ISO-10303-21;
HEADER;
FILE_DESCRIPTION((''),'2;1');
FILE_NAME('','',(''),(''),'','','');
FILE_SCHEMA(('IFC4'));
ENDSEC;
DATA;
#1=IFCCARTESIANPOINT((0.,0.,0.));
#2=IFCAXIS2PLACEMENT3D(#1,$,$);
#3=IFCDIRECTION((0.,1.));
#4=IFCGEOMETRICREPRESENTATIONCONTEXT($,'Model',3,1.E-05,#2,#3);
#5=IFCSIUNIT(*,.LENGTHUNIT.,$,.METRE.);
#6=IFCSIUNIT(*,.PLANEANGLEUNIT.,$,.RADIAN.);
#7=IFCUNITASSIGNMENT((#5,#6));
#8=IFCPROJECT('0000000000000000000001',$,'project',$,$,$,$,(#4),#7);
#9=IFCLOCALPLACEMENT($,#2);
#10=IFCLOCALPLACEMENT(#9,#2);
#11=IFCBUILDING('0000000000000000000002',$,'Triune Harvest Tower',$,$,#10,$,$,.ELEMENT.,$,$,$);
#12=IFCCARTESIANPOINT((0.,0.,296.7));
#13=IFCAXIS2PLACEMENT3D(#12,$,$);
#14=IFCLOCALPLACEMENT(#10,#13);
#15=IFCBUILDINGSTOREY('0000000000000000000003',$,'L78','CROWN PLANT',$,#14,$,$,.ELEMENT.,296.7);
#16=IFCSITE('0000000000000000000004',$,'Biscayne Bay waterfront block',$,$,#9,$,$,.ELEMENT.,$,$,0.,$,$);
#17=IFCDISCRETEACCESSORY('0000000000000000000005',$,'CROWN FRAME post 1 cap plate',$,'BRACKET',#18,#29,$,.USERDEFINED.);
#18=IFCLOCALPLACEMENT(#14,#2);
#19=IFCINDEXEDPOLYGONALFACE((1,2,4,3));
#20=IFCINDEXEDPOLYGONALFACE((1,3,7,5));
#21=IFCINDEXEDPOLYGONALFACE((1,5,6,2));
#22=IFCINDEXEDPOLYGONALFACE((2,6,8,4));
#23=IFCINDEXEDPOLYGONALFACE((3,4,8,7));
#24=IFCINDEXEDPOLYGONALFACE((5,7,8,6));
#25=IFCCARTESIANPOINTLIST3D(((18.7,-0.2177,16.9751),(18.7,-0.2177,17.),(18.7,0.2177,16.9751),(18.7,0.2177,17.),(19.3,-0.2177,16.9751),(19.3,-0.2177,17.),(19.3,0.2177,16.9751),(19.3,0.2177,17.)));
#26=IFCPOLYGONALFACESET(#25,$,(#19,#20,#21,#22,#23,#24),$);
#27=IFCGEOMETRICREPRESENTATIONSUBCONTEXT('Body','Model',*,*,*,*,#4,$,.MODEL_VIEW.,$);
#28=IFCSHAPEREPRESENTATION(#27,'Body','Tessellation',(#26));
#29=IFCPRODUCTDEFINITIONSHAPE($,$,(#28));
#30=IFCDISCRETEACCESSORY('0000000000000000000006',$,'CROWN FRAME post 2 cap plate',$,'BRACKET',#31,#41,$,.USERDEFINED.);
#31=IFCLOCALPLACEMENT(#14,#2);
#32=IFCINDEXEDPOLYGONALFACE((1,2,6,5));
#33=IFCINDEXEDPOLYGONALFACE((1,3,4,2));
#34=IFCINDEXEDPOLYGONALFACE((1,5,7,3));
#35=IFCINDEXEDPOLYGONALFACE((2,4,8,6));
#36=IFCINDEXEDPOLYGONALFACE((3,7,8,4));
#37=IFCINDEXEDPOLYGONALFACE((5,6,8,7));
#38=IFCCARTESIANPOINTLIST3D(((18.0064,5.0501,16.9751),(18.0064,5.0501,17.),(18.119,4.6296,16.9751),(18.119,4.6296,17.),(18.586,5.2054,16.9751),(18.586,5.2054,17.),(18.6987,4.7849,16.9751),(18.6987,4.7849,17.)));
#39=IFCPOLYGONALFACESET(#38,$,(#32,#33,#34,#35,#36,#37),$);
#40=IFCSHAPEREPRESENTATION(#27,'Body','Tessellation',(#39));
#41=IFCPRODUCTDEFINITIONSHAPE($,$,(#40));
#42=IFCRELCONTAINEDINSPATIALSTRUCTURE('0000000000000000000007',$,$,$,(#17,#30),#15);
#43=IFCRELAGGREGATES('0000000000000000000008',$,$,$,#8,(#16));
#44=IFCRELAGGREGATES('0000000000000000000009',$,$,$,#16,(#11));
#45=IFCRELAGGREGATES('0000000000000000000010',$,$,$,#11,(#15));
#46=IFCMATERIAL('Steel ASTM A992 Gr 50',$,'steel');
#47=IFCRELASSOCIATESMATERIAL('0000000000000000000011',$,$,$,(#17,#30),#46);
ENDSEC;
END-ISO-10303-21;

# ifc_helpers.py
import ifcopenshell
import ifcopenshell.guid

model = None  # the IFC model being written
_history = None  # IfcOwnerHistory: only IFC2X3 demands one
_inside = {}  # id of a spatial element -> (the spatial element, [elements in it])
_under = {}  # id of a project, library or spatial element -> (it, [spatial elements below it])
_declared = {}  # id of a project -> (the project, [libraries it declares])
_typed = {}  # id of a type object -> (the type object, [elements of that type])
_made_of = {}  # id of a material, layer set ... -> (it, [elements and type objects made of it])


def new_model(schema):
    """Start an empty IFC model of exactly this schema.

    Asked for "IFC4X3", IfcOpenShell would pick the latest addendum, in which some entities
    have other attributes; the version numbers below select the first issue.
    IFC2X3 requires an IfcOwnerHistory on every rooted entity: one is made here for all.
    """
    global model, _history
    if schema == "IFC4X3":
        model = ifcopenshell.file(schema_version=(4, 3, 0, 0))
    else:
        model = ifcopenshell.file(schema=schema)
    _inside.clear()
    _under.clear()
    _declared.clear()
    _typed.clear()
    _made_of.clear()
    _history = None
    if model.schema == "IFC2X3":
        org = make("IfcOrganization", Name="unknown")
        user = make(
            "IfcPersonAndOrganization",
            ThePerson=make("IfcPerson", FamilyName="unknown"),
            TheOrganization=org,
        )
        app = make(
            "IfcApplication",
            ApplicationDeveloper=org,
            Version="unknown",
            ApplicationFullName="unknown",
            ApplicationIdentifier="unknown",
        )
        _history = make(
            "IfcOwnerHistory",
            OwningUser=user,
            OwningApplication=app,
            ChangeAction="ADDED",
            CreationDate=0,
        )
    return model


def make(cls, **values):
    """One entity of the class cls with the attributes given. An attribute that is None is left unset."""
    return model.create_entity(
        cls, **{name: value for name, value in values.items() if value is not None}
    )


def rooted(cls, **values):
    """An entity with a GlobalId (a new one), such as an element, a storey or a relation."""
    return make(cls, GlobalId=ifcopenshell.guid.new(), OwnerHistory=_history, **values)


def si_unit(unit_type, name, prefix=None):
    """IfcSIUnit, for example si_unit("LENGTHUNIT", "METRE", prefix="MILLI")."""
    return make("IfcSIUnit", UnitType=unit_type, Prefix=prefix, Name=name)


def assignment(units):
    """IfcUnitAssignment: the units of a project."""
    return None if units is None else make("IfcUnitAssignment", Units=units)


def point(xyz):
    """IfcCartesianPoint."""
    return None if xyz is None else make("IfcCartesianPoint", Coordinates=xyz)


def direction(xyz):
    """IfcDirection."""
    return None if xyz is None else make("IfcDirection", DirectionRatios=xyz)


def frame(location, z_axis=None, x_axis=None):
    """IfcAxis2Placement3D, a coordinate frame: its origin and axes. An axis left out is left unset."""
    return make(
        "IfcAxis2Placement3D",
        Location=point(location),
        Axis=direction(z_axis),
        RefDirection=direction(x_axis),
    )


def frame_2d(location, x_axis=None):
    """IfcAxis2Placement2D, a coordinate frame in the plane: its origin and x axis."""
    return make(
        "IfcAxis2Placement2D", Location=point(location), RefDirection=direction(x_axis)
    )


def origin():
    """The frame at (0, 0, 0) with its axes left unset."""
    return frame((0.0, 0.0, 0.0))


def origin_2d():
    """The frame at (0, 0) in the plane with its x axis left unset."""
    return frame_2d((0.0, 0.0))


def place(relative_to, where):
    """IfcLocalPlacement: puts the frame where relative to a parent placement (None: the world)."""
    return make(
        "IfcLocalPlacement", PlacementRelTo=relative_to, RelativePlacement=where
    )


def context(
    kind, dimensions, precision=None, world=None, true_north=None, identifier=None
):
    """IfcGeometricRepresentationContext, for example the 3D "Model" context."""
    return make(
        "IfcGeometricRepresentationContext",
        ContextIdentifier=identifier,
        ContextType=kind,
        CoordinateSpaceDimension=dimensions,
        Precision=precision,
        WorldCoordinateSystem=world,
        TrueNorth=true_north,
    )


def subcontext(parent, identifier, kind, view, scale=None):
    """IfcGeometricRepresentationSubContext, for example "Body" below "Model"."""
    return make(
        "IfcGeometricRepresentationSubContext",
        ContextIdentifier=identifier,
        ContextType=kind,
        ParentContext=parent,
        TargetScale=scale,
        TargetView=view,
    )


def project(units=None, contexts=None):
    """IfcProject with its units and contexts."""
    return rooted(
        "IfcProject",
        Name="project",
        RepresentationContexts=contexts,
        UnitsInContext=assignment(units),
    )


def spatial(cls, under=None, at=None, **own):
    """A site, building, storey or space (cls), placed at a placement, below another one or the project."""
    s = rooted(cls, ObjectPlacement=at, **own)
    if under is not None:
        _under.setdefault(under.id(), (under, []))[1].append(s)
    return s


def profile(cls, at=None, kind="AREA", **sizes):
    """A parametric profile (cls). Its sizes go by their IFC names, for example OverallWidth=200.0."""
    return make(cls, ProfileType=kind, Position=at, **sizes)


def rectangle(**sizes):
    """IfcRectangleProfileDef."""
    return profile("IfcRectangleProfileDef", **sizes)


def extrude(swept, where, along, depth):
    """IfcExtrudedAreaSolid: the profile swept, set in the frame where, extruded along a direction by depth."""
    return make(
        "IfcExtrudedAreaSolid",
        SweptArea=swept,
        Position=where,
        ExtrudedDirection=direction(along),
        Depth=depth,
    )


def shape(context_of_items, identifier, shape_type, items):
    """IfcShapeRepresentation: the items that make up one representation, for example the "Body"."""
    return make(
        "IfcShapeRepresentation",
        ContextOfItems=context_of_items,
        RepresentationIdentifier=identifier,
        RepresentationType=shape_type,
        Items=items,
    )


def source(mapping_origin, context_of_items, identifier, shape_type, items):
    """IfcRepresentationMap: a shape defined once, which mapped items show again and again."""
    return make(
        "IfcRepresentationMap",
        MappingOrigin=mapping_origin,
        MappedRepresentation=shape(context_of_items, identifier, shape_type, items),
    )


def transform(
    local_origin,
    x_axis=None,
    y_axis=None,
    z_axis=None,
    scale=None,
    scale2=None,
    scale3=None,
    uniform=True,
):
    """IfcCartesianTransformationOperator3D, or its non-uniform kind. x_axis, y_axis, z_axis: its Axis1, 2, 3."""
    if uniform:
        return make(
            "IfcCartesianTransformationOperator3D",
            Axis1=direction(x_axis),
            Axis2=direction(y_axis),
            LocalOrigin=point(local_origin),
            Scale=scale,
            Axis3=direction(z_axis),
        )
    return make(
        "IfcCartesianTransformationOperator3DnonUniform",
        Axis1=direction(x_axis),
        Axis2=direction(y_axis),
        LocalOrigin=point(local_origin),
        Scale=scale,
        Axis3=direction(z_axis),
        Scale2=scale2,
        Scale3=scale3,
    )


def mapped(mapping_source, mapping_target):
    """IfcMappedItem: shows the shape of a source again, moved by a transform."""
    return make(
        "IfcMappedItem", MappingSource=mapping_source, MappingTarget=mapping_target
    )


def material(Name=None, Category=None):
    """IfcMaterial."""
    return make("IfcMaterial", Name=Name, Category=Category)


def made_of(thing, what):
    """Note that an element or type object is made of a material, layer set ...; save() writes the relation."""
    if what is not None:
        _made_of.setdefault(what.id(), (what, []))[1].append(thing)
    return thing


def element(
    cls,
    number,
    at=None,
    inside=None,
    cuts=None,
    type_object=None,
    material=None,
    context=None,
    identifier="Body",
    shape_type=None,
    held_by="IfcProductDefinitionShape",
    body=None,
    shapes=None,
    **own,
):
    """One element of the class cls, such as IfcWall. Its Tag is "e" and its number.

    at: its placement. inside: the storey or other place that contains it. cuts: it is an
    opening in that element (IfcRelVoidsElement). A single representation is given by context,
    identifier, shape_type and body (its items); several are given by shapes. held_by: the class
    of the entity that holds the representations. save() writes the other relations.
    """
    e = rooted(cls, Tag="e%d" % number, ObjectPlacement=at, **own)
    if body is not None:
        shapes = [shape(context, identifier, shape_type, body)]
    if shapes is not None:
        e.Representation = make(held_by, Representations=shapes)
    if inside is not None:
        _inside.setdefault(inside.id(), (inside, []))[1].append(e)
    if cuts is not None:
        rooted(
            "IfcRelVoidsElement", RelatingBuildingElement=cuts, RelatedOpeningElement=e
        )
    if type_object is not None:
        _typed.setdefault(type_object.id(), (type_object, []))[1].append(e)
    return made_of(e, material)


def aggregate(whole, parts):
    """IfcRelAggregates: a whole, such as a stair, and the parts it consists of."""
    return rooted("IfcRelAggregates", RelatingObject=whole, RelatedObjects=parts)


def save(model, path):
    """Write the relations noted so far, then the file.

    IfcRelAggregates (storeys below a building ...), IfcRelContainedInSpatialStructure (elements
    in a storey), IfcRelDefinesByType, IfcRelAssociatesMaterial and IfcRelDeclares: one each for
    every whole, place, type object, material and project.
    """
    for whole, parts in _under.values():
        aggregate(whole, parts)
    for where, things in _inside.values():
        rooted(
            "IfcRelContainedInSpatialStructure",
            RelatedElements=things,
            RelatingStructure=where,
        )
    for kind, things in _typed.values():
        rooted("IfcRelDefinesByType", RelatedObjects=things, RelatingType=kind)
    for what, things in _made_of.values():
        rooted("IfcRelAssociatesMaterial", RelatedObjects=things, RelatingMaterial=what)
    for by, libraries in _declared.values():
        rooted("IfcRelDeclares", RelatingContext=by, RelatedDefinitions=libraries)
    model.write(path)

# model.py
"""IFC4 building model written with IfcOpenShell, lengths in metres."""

from ifc_helpers import new_model, si_unit, direction, frame, origin, origin_2d, place, context, subcontext, project, spatial, rectangle, extrude, source, transform, mapped, material, element, save


model = new_model("IFC4")

# Units and contexts
model_context = context("Model", 3, precision=1e-05, world=origin(), true_north=direction((0.0, 1.0)))
body_context = subcontext(model_context, "Body", "Model", "MODEL_VIEW")
ifc_project = project(units=[si_unit("LENGTHUNIT", "METRE"), si_unit("PLANEANGLEUNIT", "RADIAN")], contexts=[model_context])

# Site, building, storey
site_placement = place(None, origin())
site = spatial("IfcSite", under=ifc_project, at=site_placement, Name="Biscayne Bay waterfront block", CompositionType="ELEMENT", RefElevation=0.0)
building_placement = place(site_placement, origin())
building = spatial("IfcBuilding", under=site, at=building_placement, Name="Triune Harvest Tower", CompositionType="ELEMENT")
storey_placement = place(building_placement, frame((0.0, 0.0, 296.7)))
storey = spatial("IfcBuildingStorey", under=building, at=storey_placement, Name="L78", Description="CROWN PLANT", CompositionType="ELEMENT", Elevation=296.7)

# Discrete accessories
ifc_material_1 = material(Name="Steel ASTM A992 Gr 50", Category="steel")
shared_shape_1 = source(origin(), body_context, "Body", "SweptSolid", [
    extrude(rectangle(XDim=0.6001, YDim=0.4353, at=origin_2d()), origin(), (0.0, 0.0, 1.0), 0.0249),
])
for number, where, z_axis, x_axis, name in (
    (1, (19.0, 0.0, 16.9751), (0.0, 0.0, 1.0), (1.0, 0.0, 0.0), "CROWN FRAME post 1 cap plate"),
    (2, (18.3525, 4.9175, 16.9751), (0.0, 0.0, 1.0), (0.965926, 0.258819, 0.0), "CROWN FRAME post 2 cap plate"),
):
    element("IfcDiscreteAccessory", number, at=place(storey_placement, frame(where, z_axis=z_axis, x_axis=x_axis)), inside=storey, material=ifc_material_1, Name=name, ObjectType="BRACKET", PredefinedType="USERDEFINED", context=body_context, shape_type="MappedRepresentation", body=[
        mapped(shared_shape_1, transform((0.0, 0.0, 0.0), scale=1.0)),
    ])

save(model, "model.ifc")
